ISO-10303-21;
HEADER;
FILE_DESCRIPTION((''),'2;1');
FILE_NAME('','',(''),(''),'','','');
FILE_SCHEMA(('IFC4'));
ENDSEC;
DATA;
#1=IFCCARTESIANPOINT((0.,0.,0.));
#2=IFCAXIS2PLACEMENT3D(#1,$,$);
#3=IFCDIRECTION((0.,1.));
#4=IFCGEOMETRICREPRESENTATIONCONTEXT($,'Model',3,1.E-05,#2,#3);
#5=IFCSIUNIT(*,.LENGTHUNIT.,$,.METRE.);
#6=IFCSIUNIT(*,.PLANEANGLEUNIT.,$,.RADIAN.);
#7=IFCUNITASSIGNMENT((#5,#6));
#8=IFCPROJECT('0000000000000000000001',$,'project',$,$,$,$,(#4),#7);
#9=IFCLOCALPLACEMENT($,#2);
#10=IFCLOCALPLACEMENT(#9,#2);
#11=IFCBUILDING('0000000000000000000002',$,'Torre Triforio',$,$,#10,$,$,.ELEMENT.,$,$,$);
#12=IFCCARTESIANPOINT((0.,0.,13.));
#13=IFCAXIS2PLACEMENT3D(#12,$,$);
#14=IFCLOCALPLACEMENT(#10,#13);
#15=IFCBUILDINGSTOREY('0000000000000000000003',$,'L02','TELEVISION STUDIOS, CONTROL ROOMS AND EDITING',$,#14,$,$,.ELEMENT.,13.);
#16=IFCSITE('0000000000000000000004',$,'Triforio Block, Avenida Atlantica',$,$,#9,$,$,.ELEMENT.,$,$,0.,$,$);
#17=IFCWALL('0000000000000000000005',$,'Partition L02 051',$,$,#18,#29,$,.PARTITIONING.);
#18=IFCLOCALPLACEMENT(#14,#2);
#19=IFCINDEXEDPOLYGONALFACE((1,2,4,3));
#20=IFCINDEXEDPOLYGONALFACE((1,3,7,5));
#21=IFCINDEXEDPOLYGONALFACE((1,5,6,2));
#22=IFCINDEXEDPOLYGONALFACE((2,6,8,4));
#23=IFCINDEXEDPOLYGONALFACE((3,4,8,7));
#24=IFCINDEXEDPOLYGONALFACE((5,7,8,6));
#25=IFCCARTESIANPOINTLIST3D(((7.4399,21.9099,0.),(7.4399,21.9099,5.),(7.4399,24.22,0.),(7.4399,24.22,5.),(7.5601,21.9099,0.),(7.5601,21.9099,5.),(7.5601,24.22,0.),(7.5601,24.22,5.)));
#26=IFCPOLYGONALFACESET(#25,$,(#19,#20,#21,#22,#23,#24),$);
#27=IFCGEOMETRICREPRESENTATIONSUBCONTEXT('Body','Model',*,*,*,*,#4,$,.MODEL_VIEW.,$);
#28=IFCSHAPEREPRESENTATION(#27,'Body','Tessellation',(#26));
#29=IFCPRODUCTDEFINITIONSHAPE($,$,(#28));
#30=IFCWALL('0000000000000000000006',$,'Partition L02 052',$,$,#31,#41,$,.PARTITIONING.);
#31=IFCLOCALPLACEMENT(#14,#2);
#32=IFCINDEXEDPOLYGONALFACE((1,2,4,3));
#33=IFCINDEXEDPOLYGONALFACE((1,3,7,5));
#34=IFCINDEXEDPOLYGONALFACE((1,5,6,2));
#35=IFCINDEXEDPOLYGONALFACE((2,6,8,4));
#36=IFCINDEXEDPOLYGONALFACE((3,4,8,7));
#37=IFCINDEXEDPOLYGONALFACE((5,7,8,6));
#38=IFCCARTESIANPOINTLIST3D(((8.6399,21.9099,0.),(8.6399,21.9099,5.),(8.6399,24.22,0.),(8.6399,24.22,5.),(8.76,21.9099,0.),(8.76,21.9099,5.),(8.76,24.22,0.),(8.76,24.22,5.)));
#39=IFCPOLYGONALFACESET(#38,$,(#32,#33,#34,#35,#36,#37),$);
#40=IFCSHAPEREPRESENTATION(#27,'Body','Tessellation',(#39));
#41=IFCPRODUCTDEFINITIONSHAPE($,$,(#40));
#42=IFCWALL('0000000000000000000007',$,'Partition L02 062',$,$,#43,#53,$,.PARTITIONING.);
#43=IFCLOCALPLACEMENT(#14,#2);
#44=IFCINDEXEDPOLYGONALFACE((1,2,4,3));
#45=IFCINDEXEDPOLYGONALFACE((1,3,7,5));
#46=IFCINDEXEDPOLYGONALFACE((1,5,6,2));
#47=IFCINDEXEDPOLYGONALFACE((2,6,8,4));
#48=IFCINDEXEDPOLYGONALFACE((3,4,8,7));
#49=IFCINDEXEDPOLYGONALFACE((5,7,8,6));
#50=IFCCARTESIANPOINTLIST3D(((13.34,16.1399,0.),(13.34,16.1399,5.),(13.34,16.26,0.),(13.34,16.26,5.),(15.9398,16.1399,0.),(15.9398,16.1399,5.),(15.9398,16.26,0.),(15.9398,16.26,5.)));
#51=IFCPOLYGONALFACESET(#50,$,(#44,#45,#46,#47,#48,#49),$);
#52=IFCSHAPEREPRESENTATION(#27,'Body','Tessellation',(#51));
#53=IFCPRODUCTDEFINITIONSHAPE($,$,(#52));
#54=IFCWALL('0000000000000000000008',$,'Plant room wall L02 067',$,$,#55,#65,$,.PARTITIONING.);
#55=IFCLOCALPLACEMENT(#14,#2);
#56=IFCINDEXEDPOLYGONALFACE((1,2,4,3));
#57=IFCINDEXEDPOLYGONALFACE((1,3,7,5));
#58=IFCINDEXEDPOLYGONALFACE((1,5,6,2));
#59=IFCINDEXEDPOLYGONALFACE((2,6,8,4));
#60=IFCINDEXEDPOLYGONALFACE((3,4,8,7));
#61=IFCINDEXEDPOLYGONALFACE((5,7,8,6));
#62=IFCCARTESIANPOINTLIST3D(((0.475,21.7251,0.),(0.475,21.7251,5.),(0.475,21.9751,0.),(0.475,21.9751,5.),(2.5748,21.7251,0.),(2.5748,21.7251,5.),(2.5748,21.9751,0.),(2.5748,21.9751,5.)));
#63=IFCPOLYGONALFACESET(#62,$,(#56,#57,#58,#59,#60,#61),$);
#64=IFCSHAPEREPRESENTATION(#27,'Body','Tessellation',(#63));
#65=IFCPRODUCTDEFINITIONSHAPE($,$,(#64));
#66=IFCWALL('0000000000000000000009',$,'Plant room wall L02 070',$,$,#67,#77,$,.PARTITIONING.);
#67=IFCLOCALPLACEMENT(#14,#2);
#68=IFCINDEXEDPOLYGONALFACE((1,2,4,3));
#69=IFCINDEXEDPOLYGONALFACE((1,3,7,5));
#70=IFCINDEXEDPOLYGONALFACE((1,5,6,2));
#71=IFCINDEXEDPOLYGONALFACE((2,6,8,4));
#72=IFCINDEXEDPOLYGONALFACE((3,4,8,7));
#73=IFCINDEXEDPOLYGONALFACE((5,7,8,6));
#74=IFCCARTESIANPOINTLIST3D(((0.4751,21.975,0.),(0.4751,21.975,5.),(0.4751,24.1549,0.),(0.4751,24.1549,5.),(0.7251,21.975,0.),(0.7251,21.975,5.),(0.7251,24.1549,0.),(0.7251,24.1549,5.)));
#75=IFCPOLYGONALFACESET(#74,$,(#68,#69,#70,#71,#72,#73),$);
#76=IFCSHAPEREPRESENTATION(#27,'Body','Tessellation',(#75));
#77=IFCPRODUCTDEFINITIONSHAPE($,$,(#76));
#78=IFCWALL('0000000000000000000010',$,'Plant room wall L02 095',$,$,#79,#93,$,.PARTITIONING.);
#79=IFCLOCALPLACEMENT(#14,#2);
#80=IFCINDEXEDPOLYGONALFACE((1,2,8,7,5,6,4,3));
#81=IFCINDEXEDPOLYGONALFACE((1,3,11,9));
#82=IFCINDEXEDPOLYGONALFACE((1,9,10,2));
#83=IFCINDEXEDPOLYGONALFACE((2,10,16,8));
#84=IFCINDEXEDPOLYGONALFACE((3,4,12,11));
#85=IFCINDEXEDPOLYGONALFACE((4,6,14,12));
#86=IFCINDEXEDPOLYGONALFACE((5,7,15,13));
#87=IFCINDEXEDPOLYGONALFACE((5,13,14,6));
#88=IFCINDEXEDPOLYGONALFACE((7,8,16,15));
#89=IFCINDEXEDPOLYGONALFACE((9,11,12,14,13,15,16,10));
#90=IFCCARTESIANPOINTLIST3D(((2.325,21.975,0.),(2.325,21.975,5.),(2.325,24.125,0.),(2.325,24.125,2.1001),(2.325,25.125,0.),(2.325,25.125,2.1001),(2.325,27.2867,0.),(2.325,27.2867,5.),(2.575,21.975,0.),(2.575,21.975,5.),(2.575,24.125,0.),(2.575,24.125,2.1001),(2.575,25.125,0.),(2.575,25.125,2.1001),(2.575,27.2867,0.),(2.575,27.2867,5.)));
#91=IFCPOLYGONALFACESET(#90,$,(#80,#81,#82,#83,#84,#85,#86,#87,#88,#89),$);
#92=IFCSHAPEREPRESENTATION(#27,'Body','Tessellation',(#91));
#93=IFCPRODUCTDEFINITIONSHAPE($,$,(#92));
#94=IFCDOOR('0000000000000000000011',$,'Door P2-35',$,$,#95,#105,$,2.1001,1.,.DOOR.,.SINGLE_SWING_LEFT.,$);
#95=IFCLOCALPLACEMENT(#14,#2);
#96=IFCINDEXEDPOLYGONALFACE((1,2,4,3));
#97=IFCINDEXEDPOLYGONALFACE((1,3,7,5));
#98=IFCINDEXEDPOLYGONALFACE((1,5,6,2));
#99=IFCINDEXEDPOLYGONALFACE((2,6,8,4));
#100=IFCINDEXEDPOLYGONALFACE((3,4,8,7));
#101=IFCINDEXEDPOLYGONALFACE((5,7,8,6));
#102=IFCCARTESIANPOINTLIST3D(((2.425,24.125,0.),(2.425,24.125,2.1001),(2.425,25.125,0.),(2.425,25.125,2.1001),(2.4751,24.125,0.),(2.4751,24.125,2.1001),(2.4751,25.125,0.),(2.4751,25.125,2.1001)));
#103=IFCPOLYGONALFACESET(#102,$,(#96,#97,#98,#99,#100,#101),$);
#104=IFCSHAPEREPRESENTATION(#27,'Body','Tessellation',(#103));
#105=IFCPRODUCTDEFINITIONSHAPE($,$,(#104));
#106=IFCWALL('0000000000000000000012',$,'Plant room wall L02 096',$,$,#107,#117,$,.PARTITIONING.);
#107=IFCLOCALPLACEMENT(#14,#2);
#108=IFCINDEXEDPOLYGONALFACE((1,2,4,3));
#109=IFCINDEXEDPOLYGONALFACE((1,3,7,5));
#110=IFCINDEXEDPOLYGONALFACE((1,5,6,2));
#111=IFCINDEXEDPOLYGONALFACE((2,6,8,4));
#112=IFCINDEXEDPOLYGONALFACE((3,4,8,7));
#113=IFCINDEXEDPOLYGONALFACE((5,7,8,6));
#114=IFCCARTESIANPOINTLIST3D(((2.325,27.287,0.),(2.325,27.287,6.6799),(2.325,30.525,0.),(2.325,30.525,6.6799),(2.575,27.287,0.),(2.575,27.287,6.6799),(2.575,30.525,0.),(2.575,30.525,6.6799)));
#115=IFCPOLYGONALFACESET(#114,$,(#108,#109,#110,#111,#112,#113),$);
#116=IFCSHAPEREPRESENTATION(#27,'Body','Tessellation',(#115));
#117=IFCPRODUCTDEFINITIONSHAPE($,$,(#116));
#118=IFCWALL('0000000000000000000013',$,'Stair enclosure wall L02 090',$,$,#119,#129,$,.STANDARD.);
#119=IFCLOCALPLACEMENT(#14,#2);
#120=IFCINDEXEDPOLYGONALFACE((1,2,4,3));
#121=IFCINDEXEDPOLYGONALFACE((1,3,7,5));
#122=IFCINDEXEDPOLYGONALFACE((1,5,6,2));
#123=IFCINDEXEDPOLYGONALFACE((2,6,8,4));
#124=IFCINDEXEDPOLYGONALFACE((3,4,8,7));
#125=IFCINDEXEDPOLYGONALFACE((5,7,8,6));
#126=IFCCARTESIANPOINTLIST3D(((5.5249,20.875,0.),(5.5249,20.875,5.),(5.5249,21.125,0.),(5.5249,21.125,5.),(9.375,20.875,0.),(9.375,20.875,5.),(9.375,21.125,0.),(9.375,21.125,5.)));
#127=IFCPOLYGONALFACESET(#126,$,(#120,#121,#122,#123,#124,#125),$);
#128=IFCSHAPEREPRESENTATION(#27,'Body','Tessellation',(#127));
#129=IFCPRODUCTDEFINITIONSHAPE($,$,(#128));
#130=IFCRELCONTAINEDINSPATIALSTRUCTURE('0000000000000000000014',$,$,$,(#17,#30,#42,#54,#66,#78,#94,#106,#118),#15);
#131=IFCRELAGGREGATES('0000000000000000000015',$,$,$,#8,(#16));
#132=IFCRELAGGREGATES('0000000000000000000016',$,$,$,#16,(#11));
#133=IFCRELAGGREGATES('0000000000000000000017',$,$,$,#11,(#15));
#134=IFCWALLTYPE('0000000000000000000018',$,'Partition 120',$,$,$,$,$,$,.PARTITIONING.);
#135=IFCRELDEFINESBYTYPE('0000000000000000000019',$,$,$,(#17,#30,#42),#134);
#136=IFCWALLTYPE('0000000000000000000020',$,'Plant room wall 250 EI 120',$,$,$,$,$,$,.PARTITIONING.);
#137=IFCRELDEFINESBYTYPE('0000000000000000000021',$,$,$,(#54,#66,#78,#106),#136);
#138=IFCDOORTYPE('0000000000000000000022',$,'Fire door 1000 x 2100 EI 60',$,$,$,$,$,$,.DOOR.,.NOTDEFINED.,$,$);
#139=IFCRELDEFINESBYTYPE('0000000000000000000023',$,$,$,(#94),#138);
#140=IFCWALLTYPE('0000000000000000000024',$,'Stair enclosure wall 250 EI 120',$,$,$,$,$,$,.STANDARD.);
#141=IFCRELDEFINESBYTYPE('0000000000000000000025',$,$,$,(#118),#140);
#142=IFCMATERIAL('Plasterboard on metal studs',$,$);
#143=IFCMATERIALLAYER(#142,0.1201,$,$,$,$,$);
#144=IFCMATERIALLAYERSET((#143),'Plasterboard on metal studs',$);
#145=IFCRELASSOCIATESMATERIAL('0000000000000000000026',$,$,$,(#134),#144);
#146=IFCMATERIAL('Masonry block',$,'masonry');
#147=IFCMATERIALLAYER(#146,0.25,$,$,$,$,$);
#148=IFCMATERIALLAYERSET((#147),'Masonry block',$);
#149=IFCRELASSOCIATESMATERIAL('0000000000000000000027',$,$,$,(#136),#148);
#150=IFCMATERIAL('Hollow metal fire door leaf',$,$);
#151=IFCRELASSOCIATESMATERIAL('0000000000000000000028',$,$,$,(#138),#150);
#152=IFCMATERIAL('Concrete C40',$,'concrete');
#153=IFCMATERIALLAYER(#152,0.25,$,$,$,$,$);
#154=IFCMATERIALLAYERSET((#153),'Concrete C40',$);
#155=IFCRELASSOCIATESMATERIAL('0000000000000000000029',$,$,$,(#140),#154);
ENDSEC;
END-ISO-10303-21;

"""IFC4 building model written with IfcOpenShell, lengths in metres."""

from ifc_helpers import new_model, si_unit, direction, frame, frame_2d, origin, place, context, subcontext, project, spatial, rectangle, extrude, material, layer, layer_set, type_object, element, fill, save


model = new_model("IFC4")

# Units and contexts
model_context = context("Model", 3, precision=1e-05, world=origin(), true_north=direction((0.0, 1.0)))
body_context = subcontext(model_context, "Body", "Model", "MODEL_VIEW")
ifc_project = project(units=[si_unit("LENGTHUNIT", "METRE"), si_unit("PLANEANGLEUNIT", "RADIAN")], contexts=[model_context])

# Site, building, storey
site_placement = place(None, origin())
site = spatial("IfcSite", under=ifc_project, at=site_placement, Name="Triforio Block, Avenida Atlantica", CompositionType="ELEMENT", RefElevation=0.0)
building_placement = place(site_placement, origin())
building = spatial("IfcBuilding", under=site, at=building_placement, Name="Torre Triforio", CompositionType="ELEMENT")
storey_placement = place(building_placement, frame((0.0, 0.0, 13.0)))
storey = spatial("IfcBuildingStorey", under=building, at=storey_placement, Name="L02", Description="TELEVISION STUDIOS, CONTROL ROOMS AND EDITING", CompositionType="ELEMENT", Elevation=13.0)

# Shared definitions
ifc_material_1 = material(Name="Plasterboard on metal studs")

# Walls
ifc_layer_1 = layer(ifc_material_1, 0.1201)
ifc_layer_set_1 = layer_set([ifc_layer_1], Name="Plasterboard on metal studs")
wall_type_1 = type_object("IfcWallType", Name="Partition 120", PredefinedType="PARTITIONING", material=ifc_layer_set_1)
for number, where, z_axis, x_axis, name in (
    (1, (7.5, 21.9099, 0.0), (0.0, 0.0, 1.0), (0.0, 1.0, 0.0), "Partition L02 051"),
    (2, (8.7, 21.9099, 0.0), (0.0, 0.0, 1.0), (0.0, 1.0, 0.0), "Partition L02 052"),
):
    element("IfcWall", number, at=place(storey_placement, frame(where, z_axis=z_axis, x_axis=x_axis)), inside=storey, type_object=wall_type_1, Name=name, PredefinedType="PARTITIONING", context=body_context, shape_type="SweptSolid", body=[
        extrude(rectangle(XDim=2.3101, YDim=0.1201, at=frame_2d((1.155, 0.0))), origin(), (0.0, 0.0, 1.0), 5.0),
    ])
wall_1_placement = place(storey_placement, frame((13.3401, 16.2, 0.0), z_axis=(0.0, 0.0, 1.0), x_axis=(1.0, 0.0, 0.0)))
element("IfcWall", 3, at=wall_1_placement, inside=storey, type_object=wall_type_1, Name="Partition L02 062", PredefinedType="PARTITIONING", context=body_context, shape_type="SweptSolid", body=[
    extrude(rectangle(XDim=2.5999, YDim=0.1201, at=frame_2d((1.2998, 0.0))), origin(), (0.0, 0.0, 1.0), 5.0),
])
ifc_material_2 = material(Name="Masonry block", Category="masonry")
ifc_layer_2 = layer(ifc_material_2, 0.25)
ifc_layer_set_2 = layer_set([ifc_layer_2], Name="Masonry block")
wall_type_2 = type_object("IfcWallType", Name="Plant room wall 250 EI 120", PredefinedType="PARTITIONING", material=ifc_layer_set_2)
wall_2_placement = place(storey_placement, frame((0.4751, 21.8501, 0.0), z_axis=(0.0, 0.0, 1.0), x_axis=(1.0, 0.0, 0.0)))
element("IfcWall", 4, at=wall_2_placement, inside=storey, type_object=wall_type_2, Name="Plant room wall L02 067", PredefinedType="PARTITIONING", context=body_context, shape_type="SweptSolid", body=[
    extrude(rectangle(XDim=2.0999, YDim=0.25, at=frame_2d((1.0498, 0.0))), origin(), (0.0, 0.0, 1.0), 5.0),
])
wall_3_placement = place(storey_placement, frame((0.6001, 21.9751, 0.0), z_axis=(0.0, 0.0, 1.0), x_axis=(0.0, 1.0, 0.0)))
element("IfcWall", 5, at=wall_3_placement, inside=storey, type_object=wall_type_2, Name="Plant room wall L02 070", PredefinedType="PARTITIONING", context=body_context, shape_type="SweptSolid", body=[
    extrude(rectangle(XDim=2.1799, YDim=0.25, at=frame_2d((1.0898, 0.0))), origin(), (0.0, 0.0, 1.0), 5.0),
])

# Wall, opening, door
wall_4_placement = place(storey_placement, frame((2.45, 21.9751, 0.0), z_axis=(0.0, 0.0, 1.0), x_axis=(0.0, 1.0, 0.0)))
wall_4 = element("IfcWall", 6, at=wall_4_placement, inside=storey, type_object=wall_type_2, Name="Plant room wall L02 095", PredefinedType="PARTITIONING", context=body_context, shape_type="SweptSolid", body=[
    extrude(rectangle(XDim=5.3118, YDim=0.25, at=frame_2d((2.6558, 0.0))), origin(), (0.0, 0.0, 1.0), 5.0),
])
opening_1_placement = place(wall_4_placement, frame((2.1499, 0.0, 0.0)))
opening_1 = element("IfcOpeningElement", 7, at=opening_1_placement, cuts=wall_4, PredefinedType="OPENING", context=body_context, shape_type="SweptSolid", body=[
    extrude(rectangle(XDim=1.0, YDim=2.1001, at=frame_2d((0.5, 1.05))), frame((0.0, 0.135, 0.0), z_axis=(0.0, -1.0, 0.0), x_axis=(1.0, 0.0, 0.0)), (0.0, 0.0, 1.0), 0.27),
])
ifc_material_3 = material(Name="Hollow metal fire door leaf")
door_type_1 = type_object("IfcDoorType", Name="Fire door 1000 x 2100 EI 60", OperationType="NOTDEFINED", PredefinedType="DOOR", material=ifc_material_3)
door_1_placement = place(opening_1_placement, origin())
door_1 = element("IfcDoor", 8, at=door_1_placement, inside=storey, type_object=door_type_1, Name="Door P2-35", OperationType="SINGLE_SWING_LEFT", OverallHeight=2.1001, OverallWidth=1.0, PredefinedType="DOOR", context=body_context, shape_type="SweptSolid", body=[
    extrude(rectangle(XDim=1.0, YDim=2.1001, at=frame_2d((0.5, 1.05))), frame((0.0, 0.0249, 0.0), z_axis=(0.0, -1.0, 0.0), x_axis=(1.0, 0.0, 0.0)), (0.0, 0.0, 1.0), 0.05),
])
fill(opening_1, door_1)

# Walls
wall_5_placement = place(storey_placement, frame((2.45, 27.2869, 0.0), z_axis=(0.0, 0.0, 1.0), x_axis=(0.0, 1.0, 0.0)))
element("IfcWall", 9, at=wall_5_placement, inside=storey, type_object=wall_type_2, Name="Plant room wall L02 096", PredefinedType="PARTITIONING", context=body_context, shape_type="SweptSolid", body=[
    extrude(rectangle(XDim=3.238, YDim=0.25, at=frame_2d((1.6191, 0.0))), origin(), (0.0, 0.0, 1.0), 6.6799),
])
ifc_material_4 = material(Name="Concrete C40", Category="concrete")
ifc_layer_3 = layer(ifc_material_4, 0.25)
ifc_layer_set_3 = layer_set([ifc_layer_3], Name="Concrete C40")
wall_type_3 = type_object("IfcWallType", Name="Stair enclosure wall 250 EI 120", PredefinedType="STANDARD", material=ifc_layer_set_3)
wall_6_placement = place(storey_placement, frame((5.5249, 21.0, 0.0), z_axis=(0.0, 0.0, 1.0), x_axis=(1.0, 0.0, 0.0)))
element("IfcWall", 10, at=wall_6_placement, inside=storey, type_object=wall_type_3, Name="Stair enclosure wall L02 090", PredefinedType="STANDARD", context=body_context, shape_type="SweptSolid", body=[
    extrude(rectangle(XDim=3.8501, YDim=0.25, at=frame_2d((1.925, 0.0))), origin(), (0.0, 0.0, 1.0), 5.0),
])

save(model, "model.ifc")
